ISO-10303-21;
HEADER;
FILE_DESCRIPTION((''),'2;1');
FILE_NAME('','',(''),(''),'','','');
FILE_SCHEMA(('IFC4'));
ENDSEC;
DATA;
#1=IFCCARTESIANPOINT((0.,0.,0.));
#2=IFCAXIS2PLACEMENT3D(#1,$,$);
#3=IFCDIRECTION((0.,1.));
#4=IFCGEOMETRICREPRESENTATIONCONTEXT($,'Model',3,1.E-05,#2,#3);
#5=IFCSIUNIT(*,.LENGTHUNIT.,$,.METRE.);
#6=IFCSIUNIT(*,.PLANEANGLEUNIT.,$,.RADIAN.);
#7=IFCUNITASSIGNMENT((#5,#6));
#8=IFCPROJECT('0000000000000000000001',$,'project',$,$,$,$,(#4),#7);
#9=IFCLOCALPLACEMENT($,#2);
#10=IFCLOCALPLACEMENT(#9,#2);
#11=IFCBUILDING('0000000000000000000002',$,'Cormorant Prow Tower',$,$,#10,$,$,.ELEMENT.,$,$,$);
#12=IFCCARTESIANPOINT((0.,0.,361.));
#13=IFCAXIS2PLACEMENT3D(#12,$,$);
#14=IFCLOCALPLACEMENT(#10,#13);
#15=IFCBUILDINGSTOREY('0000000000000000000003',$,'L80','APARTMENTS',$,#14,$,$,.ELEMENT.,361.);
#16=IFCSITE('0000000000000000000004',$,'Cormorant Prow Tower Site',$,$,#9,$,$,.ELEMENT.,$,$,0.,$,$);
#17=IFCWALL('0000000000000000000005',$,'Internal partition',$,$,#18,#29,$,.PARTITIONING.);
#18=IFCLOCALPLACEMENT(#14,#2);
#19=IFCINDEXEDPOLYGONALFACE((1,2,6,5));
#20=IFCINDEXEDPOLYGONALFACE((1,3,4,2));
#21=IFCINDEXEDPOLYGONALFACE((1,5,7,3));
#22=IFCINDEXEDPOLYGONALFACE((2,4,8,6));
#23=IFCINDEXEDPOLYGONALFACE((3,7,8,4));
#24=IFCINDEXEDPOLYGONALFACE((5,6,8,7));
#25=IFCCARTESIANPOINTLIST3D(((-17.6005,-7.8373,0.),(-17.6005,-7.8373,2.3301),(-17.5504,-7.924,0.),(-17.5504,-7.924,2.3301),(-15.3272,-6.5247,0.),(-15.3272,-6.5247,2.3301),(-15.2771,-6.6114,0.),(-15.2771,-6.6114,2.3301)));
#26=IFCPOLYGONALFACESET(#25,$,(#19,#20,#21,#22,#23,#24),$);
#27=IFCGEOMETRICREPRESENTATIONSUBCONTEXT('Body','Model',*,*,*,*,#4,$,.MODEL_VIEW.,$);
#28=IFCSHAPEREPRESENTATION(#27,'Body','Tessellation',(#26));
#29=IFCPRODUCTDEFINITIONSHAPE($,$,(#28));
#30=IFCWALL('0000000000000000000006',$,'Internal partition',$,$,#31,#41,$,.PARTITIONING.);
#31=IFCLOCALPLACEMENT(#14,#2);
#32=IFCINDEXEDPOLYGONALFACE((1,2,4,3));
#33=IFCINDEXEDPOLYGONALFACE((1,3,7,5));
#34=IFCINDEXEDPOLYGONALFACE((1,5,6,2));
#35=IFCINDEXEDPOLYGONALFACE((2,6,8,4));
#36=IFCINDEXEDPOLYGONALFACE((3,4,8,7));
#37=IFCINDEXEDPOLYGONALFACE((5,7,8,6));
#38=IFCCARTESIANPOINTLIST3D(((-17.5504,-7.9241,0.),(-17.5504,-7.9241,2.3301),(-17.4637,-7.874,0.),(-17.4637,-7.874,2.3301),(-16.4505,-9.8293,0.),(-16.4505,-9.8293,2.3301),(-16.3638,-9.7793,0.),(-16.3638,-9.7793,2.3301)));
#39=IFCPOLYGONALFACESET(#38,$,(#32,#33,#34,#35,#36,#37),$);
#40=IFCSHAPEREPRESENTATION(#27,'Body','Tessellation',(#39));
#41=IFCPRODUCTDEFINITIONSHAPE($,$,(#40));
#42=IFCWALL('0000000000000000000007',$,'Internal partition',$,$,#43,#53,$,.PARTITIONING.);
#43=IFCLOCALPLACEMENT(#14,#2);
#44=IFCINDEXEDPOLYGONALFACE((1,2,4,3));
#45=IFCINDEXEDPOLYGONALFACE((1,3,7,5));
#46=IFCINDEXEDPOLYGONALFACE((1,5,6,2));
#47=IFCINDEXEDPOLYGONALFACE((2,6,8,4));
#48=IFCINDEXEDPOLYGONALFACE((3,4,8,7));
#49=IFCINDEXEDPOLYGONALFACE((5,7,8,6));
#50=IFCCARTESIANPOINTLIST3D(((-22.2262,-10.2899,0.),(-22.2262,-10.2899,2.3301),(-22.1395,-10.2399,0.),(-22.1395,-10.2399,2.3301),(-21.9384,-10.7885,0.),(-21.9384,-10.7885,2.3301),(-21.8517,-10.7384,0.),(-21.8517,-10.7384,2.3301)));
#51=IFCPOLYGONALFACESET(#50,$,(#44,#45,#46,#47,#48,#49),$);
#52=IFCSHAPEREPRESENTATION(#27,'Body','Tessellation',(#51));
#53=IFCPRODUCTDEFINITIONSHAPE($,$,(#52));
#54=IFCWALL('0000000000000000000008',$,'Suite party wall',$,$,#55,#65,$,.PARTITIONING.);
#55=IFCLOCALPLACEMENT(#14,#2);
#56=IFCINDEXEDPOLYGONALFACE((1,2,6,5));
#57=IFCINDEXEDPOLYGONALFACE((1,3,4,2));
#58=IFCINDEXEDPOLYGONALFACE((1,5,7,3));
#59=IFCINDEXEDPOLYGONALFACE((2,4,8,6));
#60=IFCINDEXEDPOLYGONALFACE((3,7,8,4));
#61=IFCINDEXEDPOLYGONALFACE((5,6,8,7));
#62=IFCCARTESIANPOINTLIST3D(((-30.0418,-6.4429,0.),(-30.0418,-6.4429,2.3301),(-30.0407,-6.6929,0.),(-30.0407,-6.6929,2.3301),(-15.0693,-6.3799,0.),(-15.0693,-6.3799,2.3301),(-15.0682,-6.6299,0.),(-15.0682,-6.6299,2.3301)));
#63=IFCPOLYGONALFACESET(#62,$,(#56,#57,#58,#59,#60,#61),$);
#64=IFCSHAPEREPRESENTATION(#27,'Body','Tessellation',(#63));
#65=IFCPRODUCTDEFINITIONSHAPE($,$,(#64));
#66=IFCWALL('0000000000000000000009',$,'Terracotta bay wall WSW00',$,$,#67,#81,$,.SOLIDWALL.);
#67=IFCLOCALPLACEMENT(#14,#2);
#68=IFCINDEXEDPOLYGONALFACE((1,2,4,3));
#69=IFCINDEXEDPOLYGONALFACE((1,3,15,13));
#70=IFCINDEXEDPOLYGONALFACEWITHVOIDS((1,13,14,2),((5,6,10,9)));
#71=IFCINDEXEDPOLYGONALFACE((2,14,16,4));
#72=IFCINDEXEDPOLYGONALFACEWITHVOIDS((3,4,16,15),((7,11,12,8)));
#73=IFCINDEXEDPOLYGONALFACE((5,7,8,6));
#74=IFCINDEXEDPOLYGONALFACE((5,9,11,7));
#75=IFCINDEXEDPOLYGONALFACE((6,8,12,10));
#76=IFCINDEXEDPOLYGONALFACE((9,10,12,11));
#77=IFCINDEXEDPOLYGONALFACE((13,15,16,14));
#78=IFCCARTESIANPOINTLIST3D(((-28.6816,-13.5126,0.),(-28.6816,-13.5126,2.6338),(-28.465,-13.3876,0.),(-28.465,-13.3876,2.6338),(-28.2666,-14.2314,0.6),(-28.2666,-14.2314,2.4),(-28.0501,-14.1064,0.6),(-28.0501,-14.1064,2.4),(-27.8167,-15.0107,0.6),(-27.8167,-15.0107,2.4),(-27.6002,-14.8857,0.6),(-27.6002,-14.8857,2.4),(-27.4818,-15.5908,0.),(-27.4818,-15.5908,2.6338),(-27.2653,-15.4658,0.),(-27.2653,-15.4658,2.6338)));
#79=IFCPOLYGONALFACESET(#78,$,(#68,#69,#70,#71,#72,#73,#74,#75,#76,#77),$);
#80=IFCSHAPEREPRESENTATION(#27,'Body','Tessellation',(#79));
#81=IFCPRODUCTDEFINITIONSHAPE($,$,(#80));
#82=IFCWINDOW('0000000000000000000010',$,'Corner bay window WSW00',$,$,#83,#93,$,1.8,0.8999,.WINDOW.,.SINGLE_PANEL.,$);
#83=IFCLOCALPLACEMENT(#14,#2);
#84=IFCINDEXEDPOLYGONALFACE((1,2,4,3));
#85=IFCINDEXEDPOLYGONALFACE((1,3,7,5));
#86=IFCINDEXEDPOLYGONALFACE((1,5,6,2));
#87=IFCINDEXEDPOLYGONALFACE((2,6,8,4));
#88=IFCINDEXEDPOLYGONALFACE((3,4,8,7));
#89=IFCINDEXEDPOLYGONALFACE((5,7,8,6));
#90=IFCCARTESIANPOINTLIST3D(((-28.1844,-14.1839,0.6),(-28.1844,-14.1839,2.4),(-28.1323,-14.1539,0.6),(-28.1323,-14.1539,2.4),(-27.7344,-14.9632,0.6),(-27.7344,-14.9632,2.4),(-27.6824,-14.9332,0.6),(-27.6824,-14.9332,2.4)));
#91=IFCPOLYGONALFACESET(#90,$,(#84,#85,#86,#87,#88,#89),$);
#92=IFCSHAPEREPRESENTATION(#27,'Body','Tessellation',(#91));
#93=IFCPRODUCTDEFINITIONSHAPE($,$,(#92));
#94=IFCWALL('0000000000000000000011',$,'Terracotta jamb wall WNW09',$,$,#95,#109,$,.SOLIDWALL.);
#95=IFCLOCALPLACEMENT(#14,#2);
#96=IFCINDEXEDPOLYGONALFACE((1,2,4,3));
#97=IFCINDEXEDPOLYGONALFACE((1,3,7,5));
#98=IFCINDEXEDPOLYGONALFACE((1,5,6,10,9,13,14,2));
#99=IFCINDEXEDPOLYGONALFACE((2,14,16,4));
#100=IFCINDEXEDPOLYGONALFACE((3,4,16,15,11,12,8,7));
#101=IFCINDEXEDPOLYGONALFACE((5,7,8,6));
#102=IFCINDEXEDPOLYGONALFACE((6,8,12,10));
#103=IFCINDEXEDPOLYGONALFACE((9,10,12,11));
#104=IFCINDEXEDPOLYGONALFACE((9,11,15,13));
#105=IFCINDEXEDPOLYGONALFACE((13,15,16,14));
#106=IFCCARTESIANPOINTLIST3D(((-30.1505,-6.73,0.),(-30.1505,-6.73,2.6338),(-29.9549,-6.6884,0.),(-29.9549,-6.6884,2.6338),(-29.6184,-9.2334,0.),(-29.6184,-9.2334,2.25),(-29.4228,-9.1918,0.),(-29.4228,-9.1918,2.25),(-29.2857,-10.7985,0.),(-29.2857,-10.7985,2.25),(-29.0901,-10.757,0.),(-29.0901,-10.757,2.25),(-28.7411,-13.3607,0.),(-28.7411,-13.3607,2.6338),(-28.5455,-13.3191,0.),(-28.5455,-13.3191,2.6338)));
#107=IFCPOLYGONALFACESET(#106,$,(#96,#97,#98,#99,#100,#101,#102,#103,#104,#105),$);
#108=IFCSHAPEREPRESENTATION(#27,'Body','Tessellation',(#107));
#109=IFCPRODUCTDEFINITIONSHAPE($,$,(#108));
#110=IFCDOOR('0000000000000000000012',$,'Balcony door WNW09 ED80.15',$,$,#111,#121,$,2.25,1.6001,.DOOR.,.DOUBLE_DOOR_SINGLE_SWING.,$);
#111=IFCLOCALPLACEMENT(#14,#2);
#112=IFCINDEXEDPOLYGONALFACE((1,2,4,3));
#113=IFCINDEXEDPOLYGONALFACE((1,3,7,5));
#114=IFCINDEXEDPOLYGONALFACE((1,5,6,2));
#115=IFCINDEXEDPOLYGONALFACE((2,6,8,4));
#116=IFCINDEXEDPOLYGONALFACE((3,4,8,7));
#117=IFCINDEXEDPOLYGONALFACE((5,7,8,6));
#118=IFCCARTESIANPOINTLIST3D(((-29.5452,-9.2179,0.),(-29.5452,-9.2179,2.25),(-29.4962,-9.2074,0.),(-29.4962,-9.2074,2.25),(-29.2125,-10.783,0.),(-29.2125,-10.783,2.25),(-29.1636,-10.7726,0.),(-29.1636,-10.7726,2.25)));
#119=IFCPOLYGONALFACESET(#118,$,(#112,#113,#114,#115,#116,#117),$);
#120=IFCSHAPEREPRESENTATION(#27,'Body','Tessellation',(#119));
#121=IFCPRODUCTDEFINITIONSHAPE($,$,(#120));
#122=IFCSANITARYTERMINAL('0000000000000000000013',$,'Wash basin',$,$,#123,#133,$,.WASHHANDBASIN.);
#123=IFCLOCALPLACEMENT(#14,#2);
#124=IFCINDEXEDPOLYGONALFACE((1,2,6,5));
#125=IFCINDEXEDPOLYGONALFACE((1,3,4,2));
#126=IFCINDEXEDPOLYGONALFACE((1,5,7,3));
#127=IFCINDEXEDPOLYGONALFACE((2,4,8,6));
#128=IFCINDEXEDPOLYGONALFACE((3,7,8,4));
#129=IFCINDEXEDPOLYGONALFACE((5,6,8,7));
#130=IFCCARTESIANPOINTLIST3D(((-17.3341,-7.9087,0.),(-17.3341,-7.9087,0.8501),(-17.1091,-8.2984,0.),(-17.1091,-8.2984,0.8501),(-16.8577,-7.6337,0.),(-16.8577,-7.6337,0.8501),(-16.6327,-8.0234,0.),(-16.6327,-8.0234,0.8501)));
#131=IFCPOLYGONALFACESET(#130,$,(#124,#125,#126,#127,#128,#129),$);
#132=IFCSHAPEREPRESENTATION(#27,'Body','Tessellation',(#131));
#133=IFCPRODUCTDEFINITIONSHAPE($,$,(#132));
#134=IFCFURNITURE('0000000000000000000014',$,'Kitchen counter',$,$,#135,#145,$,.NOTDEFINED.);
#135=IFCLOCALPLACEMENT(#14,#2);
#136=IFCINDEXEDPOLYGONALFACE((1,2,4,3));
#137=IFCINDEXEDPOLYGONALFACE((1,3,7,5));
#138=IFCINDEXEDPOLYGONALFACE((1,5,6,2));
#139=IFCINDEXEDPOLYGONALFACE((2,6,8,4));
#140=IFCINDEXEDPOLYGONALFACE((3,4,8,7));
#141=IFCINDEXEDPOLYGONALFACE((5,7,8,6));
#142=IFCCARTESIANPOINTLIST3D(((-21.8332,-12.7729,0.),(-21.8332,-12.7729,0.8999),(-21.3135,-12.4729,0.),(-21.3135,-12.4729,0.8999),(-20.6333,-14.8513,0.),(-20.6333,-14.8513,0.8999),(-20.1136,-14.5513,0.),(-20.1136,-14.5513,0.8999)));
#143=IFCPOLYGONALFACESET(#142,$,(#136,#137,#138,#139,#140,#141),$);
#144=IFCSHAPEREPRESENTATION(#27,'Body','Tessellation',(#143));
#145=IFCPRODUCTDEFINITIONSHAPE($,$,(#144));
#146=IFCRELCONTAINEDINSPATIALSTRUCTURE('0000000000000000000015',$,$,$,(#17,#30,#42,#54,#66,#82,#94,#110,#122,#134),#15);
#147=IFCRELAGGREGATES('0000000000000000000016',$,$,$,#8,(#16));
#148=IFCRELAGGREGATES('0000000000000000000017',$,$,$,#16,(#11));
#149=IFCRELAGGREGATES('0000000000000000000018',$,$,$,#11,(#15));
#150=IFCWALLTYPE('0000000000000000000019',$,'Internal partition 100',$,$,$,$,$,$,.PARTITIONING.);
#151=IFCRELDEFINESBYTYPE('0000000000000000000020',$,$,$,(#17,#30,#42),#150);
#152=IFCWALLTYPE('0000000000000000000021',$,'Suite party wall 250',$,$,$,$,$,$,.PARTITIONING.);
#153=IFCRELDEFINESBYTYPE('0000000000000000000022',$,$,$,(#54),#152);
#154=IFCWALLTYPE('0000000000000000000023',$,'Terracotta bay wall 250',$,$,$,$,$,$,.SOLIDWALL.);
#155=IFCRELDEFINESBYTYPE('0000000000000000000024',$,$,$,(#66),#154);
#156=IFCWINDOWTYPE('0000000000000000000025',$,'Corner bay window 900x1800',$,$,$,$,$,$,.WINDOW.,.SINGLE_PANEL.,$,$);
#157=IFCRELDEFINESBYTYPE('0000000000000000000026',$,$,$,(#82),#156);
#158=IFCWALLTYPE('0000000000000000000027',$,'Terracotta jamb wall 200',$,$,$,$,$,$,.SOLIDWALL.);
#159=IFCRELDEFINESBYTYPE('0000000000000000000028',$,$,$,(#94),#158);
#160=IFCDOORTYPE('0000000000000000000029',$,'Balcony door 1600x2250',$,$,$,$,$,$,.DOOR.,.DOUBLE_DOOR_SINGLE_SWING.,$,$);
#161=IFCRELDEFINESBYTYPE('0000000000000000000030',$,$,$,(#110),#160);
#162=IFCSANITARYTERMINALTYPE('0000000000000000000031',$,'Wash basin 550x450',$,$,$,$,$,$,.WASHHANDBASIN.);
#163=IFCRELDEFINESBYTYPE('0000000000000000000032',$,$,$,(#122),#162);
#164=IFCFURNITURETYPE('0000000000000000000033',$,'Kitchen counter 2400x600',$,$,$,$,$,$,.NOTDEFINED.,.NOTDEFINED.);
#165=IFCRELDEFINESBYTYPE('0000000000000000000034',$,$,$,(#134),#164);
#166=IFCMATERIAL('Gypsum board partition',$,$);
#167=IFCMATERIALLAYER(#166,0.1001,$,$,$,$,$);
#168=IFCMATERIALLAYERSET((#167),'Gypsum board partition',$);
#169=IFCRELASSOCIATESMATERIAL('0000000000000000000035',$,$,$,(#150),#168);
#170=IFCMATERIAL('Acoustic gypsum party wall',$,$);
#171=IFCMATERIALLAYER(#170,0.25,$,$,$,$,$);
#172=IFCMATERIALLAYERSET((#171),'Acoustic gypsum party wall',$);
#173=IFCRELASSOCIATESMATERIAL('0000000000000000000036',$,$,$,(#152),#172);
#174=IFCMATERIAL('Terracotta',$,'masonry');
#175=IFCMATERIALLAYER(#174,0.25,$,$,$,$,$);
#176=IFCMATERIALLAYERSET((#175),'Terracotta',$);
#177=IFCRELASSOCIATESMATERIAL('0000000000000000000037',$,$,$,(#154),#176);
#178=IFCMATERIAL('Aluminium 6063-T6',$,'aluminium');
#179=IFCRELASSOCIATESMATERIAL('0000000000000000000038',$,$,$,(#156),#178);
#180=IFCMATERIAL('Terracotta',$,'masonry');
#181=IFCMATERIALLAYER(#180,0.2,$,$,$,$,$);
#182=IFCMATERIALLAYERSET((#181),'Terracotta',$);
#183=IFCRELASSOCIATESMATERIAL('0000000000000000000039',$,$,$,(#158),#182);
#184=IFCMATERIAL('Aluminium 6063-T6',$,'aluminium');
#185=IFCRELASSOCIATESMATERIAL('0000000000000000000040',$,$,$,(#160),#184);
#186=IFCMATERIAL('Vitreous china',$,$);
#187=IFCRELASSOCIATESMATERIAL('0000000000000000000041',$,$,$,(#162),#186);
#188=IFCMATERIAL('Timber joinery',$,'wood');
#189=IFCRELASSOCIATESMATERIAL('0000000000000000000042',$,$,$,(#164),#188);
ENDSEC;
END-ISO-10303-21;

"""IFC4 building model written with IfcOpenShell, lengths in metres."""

from ifc_helpers import new_model, si_unit, direction, frame, frame_2d, origin, origin_2d, place, context, subcontext, project, spatial, rectangle, extrude, material, layer, layer_set, type_object, element, fill, save


model = new_model("IFC4")

# Units and contexts
model_context = context("Model", 3, precision=1e-05, world=origin(), true_north=direction((0.0, 1.0)))
body_context = subcontext(model_context, "Body", "Model", "MODEL_VIEW")
ifc_project = project(units=[si_unit("LENGTHUNIT", "METRE"), si_unit("PLANEANGLEUNIT", "RADIAN")], contexts=[model_context])

# Site, building, storey
site_placement = place(None, origin())
site = spatial("IfcSite", under=ifc_project, at=site_placement, Name="Cormorant Prow Tower Site", CompositionType="ELEMENT", RefElevation=0.0)
building_placement = place(site_placement, origin())
building = spatial("IfcBuilding", under=site, at=building_placement, Name="Cormorant Prow Tower", CompositionType="ELEMENT")
storey_placement = place(building_placement, frame((0.0, 0.0, 361.0)))
storey = spatial("IfcBuildingStorey", under=building, at=storey_placement, Name="L80", Description="APARTMENTS", CompositionType="ELEMENT", Elevation=361.0)

# Shared definitions
ifc_material_1 = material(Name="Gypsum board partition")
ifc_layer_1 = layer(ifc_material_1, 0.1001)
ifc_layer_set_1 = layer_set([ifc_layer_1], Name="Gypsum board partition")
wall_type_1 = type_object("IfcWallType", Name="Internal partition 100", PredefinedType="PARTITIONING", material=ifc_layer_set_1)

# Walls
wall_1_placement = place(storey_placement, frame((-17.5754, -7.8806, 0.0), z_axis=(0.0, 0.0, 1.0), x_axis=(0.866014, 0.50002, 0.0)))
element("IfcWall", 1, at=wall_1_placement, inside=storey, type_object=wall_type_1, Name="Internal partition", PredefinedType="PARTITIONING", context=body_context, shape_type="SweptSolid", body=[
    extrude(rectangle(XDim=2.625, YDim=0.1001, at=frame_2d((1.3125, 0.0))), origin(), (0.0, 0.0, 1.0), 2.3301),
])
wall_2_placement = place(storey_placement, frame((-17.5071, -7.8989, 0.0), z_axis=(0.0, 0.0, 1.0), x_axis=(0.499947, -0.866056, 0.0)))
element("IfcWall", 2, at=wall_2_placement, inside=storey, type_object=wall_type_1, Name="Internal partition", PredefinedType="PARTITIONING", context=body_context, shape_type="SweptSolid", body=[
    extrude(rectangle(XDim=2.2, YDim=0.1001, at=frame_2d((1.1001, 0.0))), origin(), (0.0, 0.0, 1.0), 2.3301),
])
wall_3_placement = place(storey_placement, frame((-22.1829, -10.2649, 0.0), z_axis=(0.0, 0.0, 1.0), x_axis=(0.500016, -0.866016, 0.0)))
element("IfcWall", 3, at=wall_3_placement, inside=storey, type_object=wall_type_1, Name="Internal partition", PredefinedType="PARTITIONING", context=body_context, shape_type="SweptSolid", body=[
    extrude(rectangle(XDim=0.5757, YDim=0.1001, at=frame_2d((0.2878, 0.0))), origin(), (0.0, 0.0, 1.0), 2.3301),
])
ifc_material_2 = material(Name="Acoustic gypsum party wall")
ifc_layer_2 = layer(ifc_material_2, 0.25)
ifc_layer_set_2 = layer_set([ifc_layer_2], Name="Acoustic gypsum party wall")
wall_type_2 = type_object("IfcWallType", Name="Suite party wall 250", PredefinedType="PARTITIONING", material=ifc_layer_set_2)
wall_4_placement = place(storey_placement, frame((-30.0413, -6.5679, 0.0), z_axis=(0.0, 0.0, 1.0), x_axis=(0.999991, 0.004207, 0.0)))
element("IfcWall", 4, at=wall_4_placement, inside=storey, type_object=wall_type_2, Name="Suite party wall", PredefinedType="PARTITIONING", context=body_context, shape_type="SweptSolid", body=[
    extrude(rectangle(XDim=14.9727, YDim=0.25, at=frame_2d((7.4863, 0.0))), origin(), (0.0, 0.0, 1.0), 2.3301),
])

# Wall, opening, window
ifc_material_3 = material(Name="Terracotta", Category="masonry")
ifc_layer_3 = layer(ifc_material_3, 0.25)
ifc_layer_set_3 = layer_set([ifc_layer_3], Name="Terracotta")
wall_type_3 = type_object("IfcWallType", Name="Terracotta bay wall 250", PredefinedType="SOLIDWALL", material=ifc_layer_set_3)
wall_5_placement = place(storey_placement, frame((-28.5732, -13.4502, 0.0), z_axis=(0.0, 0.0, 1.0), x_axis=(0.499969, -0.866043, 0.0)))
wall_5 = element("IfcWall", 5, at=wall_5_placement, inside=storey, type_object=wall_type_3, Name="Terracotta bay wall WSW00", PredefinedType="SOLIDWALL", context=body_context, shape_type="SweptSolid", body=[
    extrude(rectangle(XDim=2.3997, YDim=0.25, at=frame_2d((1.1997, 0.0))), origin(), (0.0, 0.0, 1.0), 2.6338),
])
opening_1_placement = place(wall_5_placement, frame((0.8298, 0.0, 0.6001)))
opening_1 = element("IfcOpeningElement", 6, at=opening_1_placement, cuts=wall_5, PredefinedType="OPENING", context=body_context, shape_type="SweptSolid", body=[
    extrude(rectangle(XDim=0.8999, YDim=1.8, at=frame_2d((0.45, 0.8999))), frame((0.0, 0.135, 0.0), z_axis=(0.0, -1.0, 0.0), x_axis=(1.0, 0.0, 0.0)), (0.0, 0.0, 1.0), 0.27),
])
ifc_material_4 = material(Name="Aluminium 6063-T6", Category="aluminium")
window_type = type_object("IfcWindowType", Name="Corner bay window 900x1800", PartitioningType="SINGLE_PANEL", PredefinedType="WINDOW", material=ifc_material_4)
window_placement = place(opening_1_placement, origin())
window = element("IfcWindow", 7, at=window_placement, inside=storey, type_object=window_type, Name="Corner bay window WSW00", OverallHeight=1.8, OverallWidth=0.8999, PartitioningType="SINGLE_PANEL", PredefinedType="WINDOW", context=body_context, shape_type="SweptSolid", body=[
    extrude(rectangle(XDim=0.8999, YDim=1.8, at=frame_2d((0.45, 0.8999))), frame((0.0, 0.03, 0.0), z_axis=(0.0, -1.0, 0.0), x_axis=(1.0, 0.0, 0.0)), (0.0, 0.0, 1.0), 0.0601),
])
fill(opening_1, window)

# Wall, opening, door
ifc_material_5 = material(Name="Terracotta", Category="masonry")
ifc_layer_4 = layer(ifc_material_5, 0.2)
ifc_layer_set_4 = layer_set([ifc_layer_4], Name="Terracotta")
wall_type_4 = type_object("IfcWallType", Name="Terracotta jamb wall 200", PredefinedType="SOLIDWALL", material=ifc_layer_set_4)
wall_6_placement = place(storey_placement, frame((-30.0527, -6.7092, 0.0), z_axis=(0.0, 0.0, 1.0), x_axis=(0.207918, -0.978146, 0.0)))
wall_6 = element("IfcWall", 8, at=wall_6_placement, inside=storey, type_object=wall_type_4, Name="Terracotta jamb wall WNW09", PredefinedType="SOLIDWALL", context=body_context, shape_type="SweptSolid", body=[
    extrude(rectangle(XDim=6.7788, YDim=0.2, at=frame_2d((3.3894, 0.0))), origin(), (0.0, 0.0, 1.0), 2.6338),
])
opening_2_placement = place(wall_6_placement, frame((2.5593, 0.0, 0.0)))
opening_2 = element("IfcOpeningElement", 9, at=opening_2_placement, cuts=wall_6, PredefinedType="OPENING", context=body_context, shape_type="SweptSolid", body=[
    extrude(rectangle(XDim=1.6001, YDim=2.25, at=frame_2d((0.8, 1.125))), frame((0.0, 0.1099, 0.0), z_axis=(0.0, -1.0, 0.0), x_axis=(1.0, 0.0, 0.0)), (0.0, 0.0, 1.0), 0.22),
])
ifc_material_6 = material(Name="Aluminium 6063-T6", Category="aluminium")
door_type_1 = type_object("IfcDoorType", Name="Balcony door 1600x2250", OperationType="DOUBLE_DOOR_SINGLE_SWING", PredefinedType="DOOR", material=ifc_material_6)
door_1_placement = place(opening_2_placement, origin())
door_1 = element("IfcDoor", 10, at=door_1_placement, inside=storey, type_object=door_type_1, Name="Balcony door WNW09 ED80.15", OperationType="DOUBLE_DOOR_SINGLE_SWING", OverallHeight=2.25, OverallWidth=1.6001, PredefinedType="DOOR", context=body_context, shape_type="SweptSolid", body=[
    extrude(rectangle(XDim=1.6001, YDim=2.25, at=frame_2d((0.8, 1.125))), frame((0.0, 0.0249, 0.0), z_axis=(0.0, -1.0, 0.0), x_axis=(1.0, 0.0, 0.0)), (0.0, 0.0, 1.0), 0.05),
])
fill(opening_2, door_1)

# Sanitary terminal
ifc_material_7 = material(Name="Vitreous china")
sanitary_terminal_type = type_object("IfcSanitaryTerminalType", Name="Wash basin 550x450", PredefinedType="WASHHANDBASIN", material=ifc_material_7)
sanitary_terminal_placement = place(storey_placement, frame((-16.9834, -7.9661, 0.0), z_axis=(0.0, 0.0, 1.0), x_axis=(0.866025, 0.5, 0.0)))
element("IfcSanitaryTerminal", 11, at=sanitary_terminal_placement, inside=storey, type_object=sanitary_terminal_type, Name="Wash basin", PredefinedType="WASHHANDBASIN", context=body_context, shape_type="SweptSolid", body=[
    extrude(rectangle(XDim=0.55, YDim=0.45, at=origin_2d()), origin(), (0.0, 0.0, 1.0), 0.8501),
])

# Furniture
ifc_material_8 = material(Name="Timber joinery", Category="wood")
furniture_type = type_object("IfcFurnitureType", Name="Kitchen counter 2400x600", AssemblyPlace="NOTDEFINED", PredefinedType="NOTDEFINED", material=ifc_material_8)
furniture_placement = place(storey_placement, frame((-20.9734, -13.6621, 0.0), z_axis=(0.0, 0.0, 1.0), x_axis=(0.5, -0.866025, 0.0)))
element("IfcFurniture", 12, at=furniture_placement, inside=storey, type_object=furniture_type, Name="Kitchen counter", PredefinedType="NOTDEFINED", context=body_context, shape_type="SweptSolid", body=[
    extrude(rectangle(XDim=2.3999, YDim=0.6001, at=origin_2d()), origin(), (0.0, 0.0, 1.0), 0.8999),
])

save(model, "model.ifc")
